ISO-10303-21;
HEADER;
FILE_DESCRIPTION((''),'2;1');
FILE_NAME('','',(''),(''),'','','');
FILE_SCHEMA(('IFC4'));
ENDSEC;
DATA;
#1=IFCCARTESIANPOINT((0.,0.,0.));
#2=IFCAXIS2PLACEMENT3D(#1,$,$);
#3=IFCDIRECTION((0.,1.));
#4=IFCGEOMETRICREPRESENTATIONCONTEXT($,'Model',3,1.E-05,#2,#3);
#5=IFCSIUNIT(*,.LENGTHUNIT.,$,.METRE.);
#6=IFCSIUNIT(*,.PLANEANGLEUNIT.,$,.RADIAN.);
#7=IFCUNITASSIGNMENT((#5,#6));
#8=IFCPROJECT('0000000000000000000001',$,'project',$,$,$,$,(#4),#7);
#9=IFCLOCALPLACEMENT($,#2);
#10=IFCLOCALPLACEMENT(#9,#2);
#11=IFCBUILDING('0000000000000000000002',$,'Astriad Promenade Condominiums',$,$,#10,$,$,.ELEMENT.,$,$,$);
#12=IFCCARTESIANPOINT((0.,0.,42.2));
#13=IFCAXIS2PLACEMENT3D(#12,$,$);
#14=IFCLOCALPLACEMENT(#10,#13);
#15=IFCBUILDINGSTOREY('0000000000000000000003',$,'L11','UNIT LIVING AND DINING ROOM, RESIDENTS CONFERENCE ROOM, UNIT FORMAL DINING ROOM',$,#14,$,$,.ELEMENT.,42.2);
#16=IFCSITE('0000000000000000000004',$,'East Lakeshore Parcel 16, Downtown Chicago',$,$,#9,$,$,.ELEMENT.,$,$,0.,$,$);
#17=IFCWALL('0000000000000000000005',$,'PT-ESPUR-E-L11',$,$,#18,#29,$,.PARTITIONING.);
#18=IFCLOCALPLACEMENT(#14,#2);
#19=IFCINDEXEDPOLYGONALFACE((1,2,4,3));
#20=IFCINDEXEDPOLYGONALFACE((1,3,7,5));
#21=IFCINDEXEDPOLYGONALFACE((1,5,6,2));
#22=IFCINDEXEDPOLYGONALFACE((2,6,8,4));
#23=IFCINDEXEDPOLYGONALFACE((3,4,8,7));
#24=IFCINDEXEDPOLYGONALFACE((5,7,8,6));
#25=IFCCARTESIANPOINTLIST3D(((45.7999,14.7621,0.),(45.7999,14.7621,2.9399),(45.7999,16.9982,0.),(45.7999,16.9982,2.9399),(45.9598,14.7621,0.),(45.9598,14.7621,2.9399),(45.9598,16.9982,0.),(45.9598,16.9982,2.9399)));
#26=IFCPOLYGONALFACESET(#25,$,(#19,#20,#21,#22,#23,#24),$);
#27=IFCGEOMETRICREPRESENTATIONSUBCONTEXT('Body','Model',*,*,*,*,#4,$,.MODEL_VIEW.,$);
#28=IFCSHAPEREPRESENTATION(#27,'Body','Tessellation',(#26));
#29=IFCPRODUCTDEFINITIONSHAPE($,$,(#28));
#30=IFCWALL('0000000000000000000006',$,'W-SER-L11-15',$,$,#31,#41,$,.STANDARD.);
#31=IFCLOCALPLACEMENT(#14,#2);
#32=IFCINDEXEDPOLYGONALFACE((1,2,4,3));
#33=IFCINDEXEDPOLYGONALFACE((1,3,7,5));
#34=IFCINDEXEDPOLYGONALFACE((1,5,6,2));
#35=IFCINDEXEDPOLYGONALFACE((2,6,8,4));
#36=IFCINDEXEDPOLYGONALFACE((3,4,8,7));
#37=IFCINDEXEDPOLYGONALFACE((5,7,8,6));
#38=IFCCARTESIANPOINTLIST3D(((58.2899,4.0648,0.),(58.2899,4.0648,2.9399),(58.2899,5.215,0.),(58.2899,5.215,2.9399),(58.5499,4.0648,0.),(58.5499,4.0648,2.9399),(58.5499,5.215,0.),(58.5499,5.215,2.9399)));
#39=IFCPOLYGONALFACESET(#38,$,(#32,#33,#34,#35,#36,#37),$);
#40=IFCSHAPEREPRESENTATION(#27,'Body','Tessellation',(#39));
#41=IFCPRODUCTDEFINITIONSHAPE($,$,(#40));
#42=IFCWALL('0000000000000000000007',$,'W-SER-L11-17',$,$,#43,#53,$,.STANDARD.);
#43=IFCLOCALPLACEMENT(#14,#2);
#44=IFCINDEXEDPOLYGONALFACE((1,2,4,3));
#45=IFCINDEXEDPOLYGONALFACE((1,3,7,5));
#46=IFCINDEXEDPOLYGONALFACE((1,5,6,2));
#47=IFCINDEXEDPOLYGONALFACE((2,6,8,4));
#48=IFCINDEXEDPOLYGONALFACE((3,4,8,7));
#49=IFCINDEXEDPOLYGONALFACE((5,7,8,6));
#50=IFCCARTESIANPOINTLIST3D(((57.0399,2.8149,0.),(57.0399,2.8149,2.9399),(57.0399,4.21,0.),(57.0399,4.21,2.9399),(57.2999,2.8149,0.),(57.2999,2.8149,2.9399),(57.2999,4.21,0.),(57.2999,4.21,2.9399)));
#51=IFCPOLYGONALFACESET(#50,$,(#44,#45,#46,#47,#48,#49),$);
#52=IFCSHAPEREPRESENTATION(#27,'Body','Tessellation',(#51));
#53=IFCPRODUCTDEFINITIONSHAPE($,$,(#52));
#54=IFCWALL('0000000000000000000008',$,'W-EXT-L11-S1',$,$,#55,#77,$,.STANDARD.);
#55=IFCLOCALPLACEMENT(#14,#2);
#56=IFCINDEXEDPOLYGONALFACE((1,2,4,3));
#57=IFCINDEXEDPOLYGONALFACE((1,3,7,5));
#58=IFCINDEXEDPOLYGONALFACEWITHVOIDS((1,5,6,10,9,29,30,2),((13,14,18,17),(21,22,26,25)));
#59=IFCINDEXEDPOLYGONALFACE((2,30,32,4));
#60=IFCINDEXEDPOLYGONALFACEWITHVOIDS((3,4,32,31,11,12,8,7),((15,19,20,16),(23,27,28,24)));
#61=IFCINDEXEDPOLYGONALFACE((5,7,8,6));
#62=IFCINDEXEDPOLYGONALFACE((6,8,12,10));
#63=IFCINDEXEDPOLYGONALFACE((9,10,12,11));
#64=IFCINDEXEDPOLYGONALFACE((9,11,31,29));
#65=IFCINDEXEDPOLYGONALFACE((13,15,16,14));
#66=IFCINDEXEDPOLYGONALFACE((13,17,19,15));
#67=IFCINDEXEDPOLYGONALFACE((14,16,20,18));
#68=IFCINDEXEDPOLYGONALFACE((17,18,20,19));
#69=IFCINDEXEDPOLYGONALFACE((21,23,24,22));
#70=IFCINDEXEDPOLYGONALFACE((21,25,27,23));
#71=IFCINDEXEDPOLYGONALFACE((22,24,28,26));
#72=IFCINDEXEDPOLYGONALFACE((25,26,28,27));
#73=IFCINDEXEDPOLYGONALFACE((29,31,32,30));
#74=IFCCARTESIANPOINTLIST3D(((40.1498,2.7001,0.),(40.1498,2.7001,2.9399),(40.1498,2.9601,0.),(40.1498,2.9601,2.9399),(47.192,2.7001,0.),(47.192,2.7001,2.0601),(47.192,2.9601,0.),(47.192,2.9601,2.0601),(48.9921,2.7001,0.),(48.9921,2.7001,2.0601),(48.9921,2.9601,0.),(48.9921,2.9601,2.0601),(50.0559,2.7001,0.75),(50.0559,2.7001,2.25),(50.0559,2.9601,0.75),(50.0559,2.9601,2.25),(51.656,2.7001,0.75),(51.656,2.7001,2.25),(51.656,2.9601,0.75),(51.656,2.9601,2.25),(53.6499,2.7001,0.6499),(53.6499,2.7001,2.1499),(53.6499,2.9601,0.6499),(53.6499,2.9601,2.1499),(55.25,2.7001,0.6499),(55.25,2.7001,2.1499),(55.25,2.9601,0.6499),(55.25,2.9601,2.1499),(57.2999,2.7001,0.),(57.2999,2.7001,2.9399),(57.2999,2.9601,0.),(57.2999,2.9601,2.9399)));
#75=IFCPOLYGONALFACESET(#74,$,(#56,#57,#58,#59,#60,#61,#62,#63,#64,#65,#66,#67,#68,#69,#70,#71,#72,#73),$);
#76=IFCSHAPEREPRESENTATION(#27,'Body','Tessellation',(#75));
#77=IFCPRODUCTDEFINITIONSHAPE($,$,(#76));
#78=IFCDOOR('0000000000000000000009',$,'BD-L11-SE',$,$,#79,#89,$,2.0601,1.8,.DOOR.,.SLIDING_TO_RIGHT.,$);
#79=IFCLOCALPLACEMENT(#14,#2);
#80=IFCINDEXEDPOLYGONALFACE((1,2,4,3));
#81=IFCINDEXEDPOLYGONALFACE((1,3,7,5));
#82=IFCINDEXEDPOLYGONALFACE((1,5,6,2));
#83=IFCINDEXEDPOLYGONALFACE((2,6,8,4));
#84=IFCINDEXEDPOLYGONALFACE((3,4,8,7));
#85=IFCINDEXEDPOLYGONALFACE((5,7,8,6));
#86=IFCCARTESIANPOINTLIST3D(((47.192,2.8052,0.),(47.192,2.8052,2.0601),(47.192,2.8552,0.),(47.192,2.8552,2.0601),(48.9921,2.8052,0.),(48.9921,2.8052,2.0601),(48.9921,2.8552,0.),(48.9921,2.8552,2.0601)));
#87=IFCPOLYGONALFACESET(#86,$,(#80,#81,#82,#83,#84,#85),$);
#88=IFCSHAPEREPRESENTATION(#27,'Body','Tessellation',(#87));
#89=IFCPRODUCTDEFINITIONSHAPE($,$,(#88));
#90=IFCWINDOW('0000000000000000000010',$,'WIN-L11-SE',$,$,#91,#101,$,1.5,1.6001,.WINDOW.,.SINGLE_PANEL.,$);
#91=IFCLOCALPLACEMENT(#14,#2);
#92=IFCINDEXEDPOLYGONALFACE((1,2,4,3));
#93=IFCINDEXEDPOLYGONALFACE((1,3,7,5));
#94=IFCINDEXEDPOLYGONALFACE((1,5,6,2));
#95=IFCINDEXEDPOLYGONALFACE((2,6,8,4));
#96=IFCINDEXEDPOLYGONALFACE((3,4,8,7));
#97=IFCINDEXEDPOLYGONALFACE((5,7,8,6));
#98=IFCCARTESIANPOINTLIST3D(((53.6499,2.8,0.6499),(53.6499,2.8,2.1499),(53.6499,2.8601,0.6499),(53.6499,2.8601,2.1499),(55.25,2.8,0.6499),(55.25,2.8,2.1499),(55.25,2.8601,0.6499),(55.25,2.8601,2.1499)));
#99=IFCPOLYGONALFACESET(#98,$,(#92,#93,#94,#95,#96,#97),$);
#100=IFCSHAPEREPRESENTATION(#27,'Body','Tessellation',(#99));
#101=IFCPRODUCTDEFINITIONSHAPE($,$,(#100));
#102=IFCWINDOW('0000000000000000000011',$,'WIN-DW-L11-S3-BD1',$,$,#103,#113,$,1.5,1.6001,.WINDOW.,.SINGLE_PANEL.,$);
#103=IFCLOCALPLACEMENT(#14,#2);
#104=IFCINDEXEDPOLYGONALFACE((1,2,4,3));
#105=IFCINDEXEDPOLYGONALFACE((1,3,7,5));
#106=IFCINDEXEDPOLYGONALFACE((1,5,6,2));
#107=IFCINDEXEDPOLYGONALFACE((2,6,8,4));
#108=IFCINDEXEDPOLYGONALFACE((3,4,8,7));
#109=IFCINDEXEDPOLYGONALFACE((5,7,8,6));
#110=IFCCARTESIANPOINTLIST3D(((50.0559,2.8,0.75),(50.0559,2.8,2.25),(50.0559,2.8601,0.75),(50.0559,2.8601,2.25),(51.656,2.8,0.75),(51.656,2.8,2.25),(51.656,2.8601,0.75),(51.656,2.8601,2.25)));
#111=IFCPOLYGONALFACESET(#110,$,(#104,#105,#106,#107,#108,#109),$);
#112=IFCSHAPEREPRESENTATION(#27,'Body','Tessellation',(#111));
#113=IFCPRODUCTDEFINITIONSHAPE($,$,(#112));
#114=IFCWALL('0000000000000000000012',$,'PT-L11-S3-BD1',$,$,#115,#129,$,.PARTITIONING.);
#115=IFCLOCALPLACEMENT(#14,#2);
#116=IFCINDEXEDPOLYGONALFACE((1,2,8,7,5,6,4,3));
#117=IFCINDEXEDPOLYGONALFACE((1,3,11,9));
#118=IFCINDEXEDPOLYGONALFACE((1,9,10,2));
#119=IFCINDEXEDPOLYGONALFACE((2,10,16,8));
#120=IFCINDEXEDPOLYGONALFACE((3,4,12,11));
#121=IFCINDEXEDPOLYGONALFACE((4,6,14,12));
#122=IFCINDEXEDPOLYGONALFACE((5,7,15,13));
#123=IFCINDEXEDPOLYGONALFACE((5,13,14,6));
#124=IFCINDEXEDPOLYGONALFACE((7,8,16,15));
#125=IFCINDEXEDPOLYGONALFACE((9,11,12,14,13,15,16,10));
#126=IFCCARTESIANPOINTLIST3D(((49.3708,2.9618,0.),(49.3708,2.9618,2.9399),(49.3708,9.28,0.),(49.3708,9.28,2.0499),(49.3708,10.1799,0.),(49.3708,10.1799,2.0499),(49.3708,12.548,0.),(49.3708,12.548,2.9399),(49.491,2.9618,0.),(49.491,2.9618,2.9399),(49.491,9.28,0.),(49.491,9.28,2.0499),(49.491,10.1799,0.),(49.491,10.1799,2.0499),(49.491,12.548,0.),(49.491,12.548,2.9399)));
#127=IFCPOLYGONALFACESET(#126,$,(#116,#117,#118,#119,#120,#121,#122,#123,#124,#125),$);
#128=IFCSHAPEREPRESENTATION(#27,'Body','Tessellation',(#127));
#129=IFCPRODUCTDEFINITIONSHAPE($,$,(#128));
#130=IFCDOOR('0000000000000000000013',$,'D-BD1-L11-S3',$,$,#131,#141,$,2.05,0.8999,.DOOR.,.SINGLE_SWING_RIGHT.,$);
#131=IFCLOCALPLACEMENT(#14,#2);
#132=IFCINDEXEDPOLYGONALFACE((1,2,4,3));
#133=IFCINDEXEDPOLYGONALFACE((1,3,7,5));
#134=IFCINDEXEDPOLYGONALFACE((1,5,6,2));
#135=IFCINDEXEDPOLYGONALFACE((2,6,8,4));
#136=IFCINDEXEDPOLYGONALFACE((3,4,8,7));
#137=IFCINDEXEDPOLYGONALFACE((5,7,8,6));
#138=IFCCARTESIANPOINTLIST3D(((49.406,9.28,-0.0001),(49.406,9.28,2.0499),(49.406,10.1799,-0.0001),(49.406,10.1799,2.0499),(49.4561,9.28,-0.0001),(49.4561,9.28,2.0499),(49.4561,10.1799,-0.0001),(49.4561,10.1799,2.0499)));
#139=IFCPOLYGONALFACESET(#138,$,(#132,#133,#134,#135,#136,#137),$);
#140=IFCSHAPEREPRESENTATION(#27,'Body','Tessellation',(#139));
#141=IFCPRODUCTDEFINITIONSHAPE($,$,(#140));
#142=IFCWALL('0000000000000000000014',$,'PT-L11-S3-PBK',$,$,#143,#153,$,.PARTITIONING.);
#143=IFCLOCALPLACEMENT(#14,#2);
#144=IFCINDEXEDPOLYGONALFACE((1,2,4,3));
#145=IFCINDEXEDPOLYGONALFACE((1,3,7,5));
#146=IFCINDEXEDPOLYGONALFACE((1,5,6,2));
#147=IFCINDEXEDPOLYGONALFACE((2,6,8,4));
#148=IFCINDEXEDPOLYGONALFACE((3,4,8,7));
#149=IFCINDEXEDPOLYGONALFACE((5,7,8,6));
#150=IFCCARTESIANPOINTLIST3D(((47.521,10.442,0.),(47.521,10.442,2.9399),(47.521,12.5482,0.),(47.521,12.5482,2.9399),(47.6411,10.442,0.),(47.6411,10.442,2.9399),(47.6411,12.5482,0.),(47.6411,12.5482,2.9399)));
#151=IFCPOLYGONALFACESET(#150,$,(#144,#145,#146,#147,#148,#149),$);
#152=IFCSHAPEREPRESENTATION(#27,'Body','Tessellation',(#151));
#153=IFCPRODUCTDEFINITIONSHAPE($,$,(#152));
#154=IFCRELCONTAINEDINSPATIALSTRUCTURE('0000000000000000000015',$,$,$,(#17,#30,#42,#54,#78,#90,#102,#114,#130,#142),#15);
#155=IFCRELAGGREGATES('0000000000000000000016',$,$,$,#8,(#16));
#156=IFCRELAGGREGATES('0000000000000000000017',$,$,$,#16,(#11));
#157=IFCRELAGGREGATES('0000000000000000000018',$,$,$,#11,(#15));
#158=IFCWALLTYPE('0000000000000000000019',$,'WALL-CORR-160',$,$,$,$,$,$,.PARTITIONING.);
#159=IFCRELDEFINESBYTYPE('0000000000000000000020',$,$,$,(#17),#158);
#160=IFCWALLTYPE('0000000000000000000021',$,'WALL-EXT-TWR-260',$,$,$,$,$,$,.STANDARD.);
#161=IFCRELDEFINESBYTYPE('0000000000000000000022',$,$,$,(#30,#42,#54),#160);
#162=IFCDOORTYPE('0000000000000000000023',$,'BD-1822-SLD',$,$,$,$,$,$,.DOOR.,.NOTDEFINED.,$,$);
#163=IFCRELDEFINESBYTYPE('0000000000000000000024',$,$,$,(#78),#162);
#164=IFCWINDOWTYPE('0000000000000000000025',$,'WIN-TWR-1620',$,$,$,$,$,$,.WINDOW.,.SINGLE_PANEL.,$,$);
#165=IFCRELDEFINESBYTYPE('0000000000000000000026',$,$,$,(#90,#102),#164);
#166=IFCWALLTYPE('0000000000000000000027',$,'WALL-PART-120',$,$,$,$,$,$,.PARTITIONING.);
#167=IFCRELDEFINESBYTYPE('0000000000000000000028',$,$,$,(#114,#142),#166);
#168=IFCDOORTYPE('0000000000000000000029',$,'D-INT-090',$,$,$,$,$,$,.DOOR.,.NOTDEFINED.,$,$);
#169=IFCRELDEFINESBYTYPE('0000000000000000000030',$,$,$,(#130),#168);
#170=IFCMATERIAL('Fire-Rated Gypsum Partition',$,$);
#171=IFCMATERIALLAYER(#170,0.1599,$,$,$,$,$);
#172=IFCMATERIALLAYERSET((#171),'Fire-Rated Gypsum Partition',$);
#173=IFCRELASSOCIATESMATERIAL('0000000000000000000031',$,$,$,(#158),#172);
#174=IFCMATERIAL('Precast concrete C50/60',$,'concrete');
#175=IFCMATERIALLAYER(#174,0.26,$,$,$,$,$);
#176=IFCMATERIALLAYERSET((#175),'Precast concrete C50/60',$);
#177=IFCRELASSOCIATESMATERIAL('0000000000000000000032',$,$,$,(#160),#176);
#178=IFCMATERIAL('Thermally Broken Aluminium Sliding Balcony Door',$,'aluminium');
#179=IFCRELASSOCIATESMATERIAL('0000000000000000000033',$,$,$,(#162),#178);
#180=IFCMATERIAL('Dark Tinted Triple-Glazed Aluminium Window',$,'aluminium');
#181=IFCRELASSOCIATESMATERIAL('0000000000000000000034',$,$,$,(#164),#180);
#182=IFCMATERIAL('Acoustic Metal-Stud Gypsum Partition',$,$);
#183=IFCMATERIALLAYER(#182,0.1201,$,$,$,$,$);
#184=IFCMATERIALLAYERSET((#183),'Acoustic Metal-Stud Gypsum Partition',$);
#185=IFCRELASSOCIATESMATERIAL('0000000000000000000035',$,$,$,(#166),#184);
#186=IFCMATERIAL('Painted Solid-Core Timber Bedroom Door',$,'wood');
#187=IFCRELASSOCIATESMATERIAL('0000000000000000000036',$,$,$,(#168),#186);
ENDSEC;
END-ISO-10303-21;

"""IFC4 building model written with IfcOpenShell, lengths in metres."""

from ifc_helpers import new_model, si_unit, direction, frame, frame_2d, origin, place, context, subcontext, project, spatial, rectangle, extrude, source, transform, mapped, material, layer, layer_set, type_object, type_shapes, element, fill, save


model = new_model("IFC4")

# Units and contexts
model_context = context("Model", 3, precision=1e-05, world=origin(), true_north=direction((0.0, 1.0)))
body_context = subcontext(model_context, "Body", "Model", "MODEL_VIEW")
ifc_project = project(units=[si_unit("LENGTHUNIT", "METRE"), si_unit("PLANEANGLEUNIT", "RADIAN")], contexts=[model_context])

# Site, building, storey
site_placement = place(None, origin())
site = spatial("IfcSite", under=ifc_project, at=site_placement, Name="East Lakeshore Parcel 16, Downtown Chicago", CompositionType="ELEMENT", RefElevation=0.0)
building_placement = place(site_placement, origin())
building = spatial("IfcBuilding", under=site, at=building_placement, Name="Astriad Promenade Condominiums", CompositionType="ELEMENT")
storey_placement = place(building_placement, frame((0.0, 0.0, 42.2)))
storey = spatial("IfcBuildingStorey", under=building, at=storey_placement, Name="L11", Description="UNIT LIVING AND DINING ROOM, RESIDENTS CONFERENCE ROOM, UNIT FORMAL DINING ROOM", CompositionType="ELEMENT", Elevation=42.2)

# Shared definitions
ifc_material_1 = material(Name="Fire-Rated Gypsum Partition")
ifc_layer_1 = layer(ifc_material_1, 0.1599)
ifc_layer_set_1 = layer_set([ifc_layer_1], Name="Fire-Rated Gypsum Partition")
wall_type_1 = type_object("IfcWallType", Name="WALL-CORR-160", PredefinedType="PARTITIONING", material=ifc_layer_set_1)

# Walls
wall_1_placement = place(storey_placement, frame((45.8799, 14.762, 0.0), z_axis=(0.0, 0.0, 1.0), x_axis=(0.0, 1.0, 0.0)))
element("IfcWall", 1, at=wall_1_placement, inside=storey, type_object=wall_type_1, Name="PT-ESPUR-E-L11", PredefinedType="PARTITIONING", context=body_context, shape_type="SweptSolid", body=[
    extrude(rectangle(XDim=2.2361, YDim=0.1599, at=frame_2d((1.1182, 0.0))), origin(), (0.0, 0.0, 1.0), 2.9399),
])
ifc_material_2 = material(Name="Precast concrete C50/60", Category="concrete")
ifc_layer_2 = layer(ifc_material_2, 0.26)
ifc_layer_set_2 = layer_set([ifc_layer_2], Name="Precast concrete C50/60")
wall_type_2 = type_object("IfcWallType", Name="WALL-EXT-TWR-260", PredefinedType="STANDARD", material=ifc_layer_set_2)
wall_2_placement = place(storey_placement, frame((58.4199, 5.2151, 0.0), z_axis=(0.0, 0.0, 1.0), x_axis=(0.0, -1.0, 0.0)))
element("IfcWall", 2, at=wall_2_placement, inside=storey, type_object=wall_type_2, Name="W-SER-L11-15", PredefinedType="STANDARD", context=body_context, shape_type="SweptSolid", body=[
    extrude(rectangle(XDim=1.1501, YDim=0.26, at=frame_2d((0.5752, 0.0))), origin(), (0.0, 0.0, 1.0), 2.9399),
])
wall_3_placement = place(storey_placement, frame((57.1699, 4.21, 0.0), z_axis=(0.0, 0.0, 1.0), x_axis=(0.0, -1.0, 0.0)))
element("IfcWall", 3, at=wall_3_placement, inside=storey, type_object=wall_type_2, Name="W-SER-L11-17", PredefinedType="STANDARD", context=body_context, shape_type="SweptSolid", body=[
    extrude(rectangle(XDim=1.395, YDim=0.26, at=frame_2d((0.6975, 0.0))), origin(), (0.0, 0.0, 1.0), 2.9399),
])

# Wall, openings, door, windows
wall_4_placement = place(storey_placement, frame((57.3, 2.8301, 0.0), z_axis=(0.0, 0.0, 1.0), x_axis=(-1.0, 0.0, 0.0)))
wall_4 = element("IfcWall", 4, at=wall_4_placement, inside=storey, type_object=wall_type_2, Name="W-EXT-L11-S1", PredefinedType="STANDARD", context=body_context, shape_type="SweptSolid", body=[
    extrude(rectangle(XDim=17.1501, YDim=0.26, at=frame_2d((8.5752, 0.0))), origin(), (0.0, 0.0, 1.0), 2.9399),
])
opening_1_placement = place(wall_4_placement, frame((8.3081, 0.0, 0.0)))
opening_1 = element("IfcOpeningElement", 5, at=opening_1_placement, cuts=wall_4, PredefinedType="OPENING", context=body_context, shape_type="SweptSolid", body=[
    extrude(rectangle(XDim=1.8, YDim=2.0601, at=frame_2d((0.8999, 1.03))), frame((0.0, 0.1399, 0.0), z_axis=(0.0, -1.0, 0.0), x_axis=(1.0, 0.0, 0.0)), (0.0, 0.0, 1.0), 0.28),
])
opening_2_placement = place(wall_4_placement, frame((2.05, 0.0, 0.6499)))
opening_2 = element("IfcOpeningElement", 6, at=opening_2_placement, cuts=wall_4, PredefinedType="OPENING", context=body_context, shape_type="SweptSolid", body=[
    extrude(rectangle(XDim=1.6001, YDim=1.5, at=frame_2d((0.8, 0.75))), frame((0.0, 0.1399, 0.0), z_axis=(0.0, -1.0, 0.0), x_axis=(1.0, 0.0, 0.0)), (0.0, 0.0, 1.0), 0.28),
])
opening_3_placement = place(wall_4_placement, frame((5.644, 0.0, 0.75)))
opening_3 = element("IfcOpeningElement", 7, at=opening_3_placement, cuts=wall_4, PredefinedType="OPENING", context=body_context, shape_type="SweptSolid", body=[
    extrude(rectangle(XDim=1.6001, YDim=1.5, at=frame_2d((0.8, 0.75))), frame((0.0, 0.1399, 0.0), z_axis=(0.0, -1.0, 0.0), x_axis=(1.0, 0.0, 0.0)), (0.0, 0.0, 1.0), 0.28),
])
ifc_material_3 = material(Name="Thermally Broken Aluminium Sliding Balcony Door", Category="aluminium")
door_type_1 = type_object("IfcDoorType", Name="BD-1822-SLD", OperationType="NOTDEFINED", PredefinedType="DOOR", material=ifc_material_3)
shared_shape_1 = source(origin(), body_context, "Body", "SweptSolid", [
    extrude(rectangle(XDim=1.8, YDim=2.0601, at=frame_2d((0.8999, 1.03))), frame((0.0, 0.0249, 0.0), z_axis=(0.0, -1.0, 0.0), x_axis=(1.0, 0.0, 0.0)), (0.0, 0.0, 1.0), 0.05),
])
type_shapes(door_type_1, [shared_shape_1])
door_1_placement = place(opening_1_placement, origin())
door_1 = element("IfcDoor", 8, at=door_1_placement, inside=storey, type_object=door_type_1, Name="BD-L11-SE", OperationType="SLIDING_TO_RIGHT", OverallHeight=2.0601, OverallWidth=1.8, PredefinedType="DOOR", context=body_context, shape_type="MappedRepresentation", body=[
    mapped(shared_shape_1, transform((0.0, 0.0, 0.0), scale=1.0)),
])
fill(opening_1, door_1)
ifc_material_4 = material(Name="Dark Tinted Triple-Glazed Aluminium Window", Category="aluminium")
window_type = type_object("IfcWindowType", Name="WIN-TWR-1620", PartitioningType="SINGLE_PANEL", PredefinedType="WINDOW", material=ifc_material_4)
shared_shape_2 = source(origin(), body_context, "Body", "SweptSolid", [
    extrude(rectangle(XDim=1.6001, YDim=1.5, at=frame_2d((0.8, 0.75))), frame((0.0, 0.03, 0.0), z_axis=(0.0, -1.0, 0.0), x_axis=(1.0, 0.0, 0.0)), (0.0, 0.0, 1.0), 0.0601),
])
type_shapes(window_type, [shared_shape_2])
window_1_placement = place(opening_2_placement, origin())
window_1 = element("IfcWindow", 9, at=window_1_placement, inside=storey, type_object=window_type, Name="WIN-L11-SE", OverallHeight=1.5, OverallWidth=1.6001, PartitioningType="SINGLE_PANEL", PredefinedType="WINDOW", context=body_context, shape_type="MappedRepresentation", body=[
    mapped(shared_shape_2, transform((0.0, 0.0, 0.0), scale=1.0)),
])
fill(opening_2, window_1)
window_2_placement = place(opening_3_placement, origin())
window_2 = element("IfcWindow", 10, at=window_2_placement, inside=storey, type_object=window_type, Name="WIN-DW-L11-S3-BD1", OverallHeight=1.5, OverallWidth=1.6001, PartitioningType="SINGLE_PANEL", PredefinedType="WINDOW", context=body_context, shape_type="MappedRepresentation", body=[
    mapped(shared_shape_2, transform((0.0, 0.0, 0.0), scale=1.0)),
])
fill(opening_3, window_2)

# Wall, opening, door
ifc_material_5 = material(Name="Acoustic Metal-Stud Gypsum Partition")
ifc_layer_3 = layer(ifc_material_5, 0.1201)
ifc_layer_set_3 = layer_set([ifc_layer_3], Name="Acoustic Metal-Stud Gypsum Partition")
wall_type_3 = type_object("IfcWallType", Name="WALL-PART-120", PredefinedType="PARTITIONING", material=ifc_layer_set_3)
wall_5_placement = place(storey_placement, frame((49.4309, 2.9619, 0.0), z_axis=(0.0, 0.0, 1.0), x_axis=(0.0, 1.0, 0.0)))
wall_5 = element("IfcWall", 11, at=wall_5_placement, inside=storey, type_object=wall_type_3, Name="PT-L11-S3-BD1", PredefinedType="PARTITIONING", context=body_context, shape_type="SweptSolid", body=[
    extrude(rectangle(XDim=9.5862, YDim=0.1201, at=frame_2d((4.793, 0.0))), origin(), (0.0, 0.0, 1.0), 2.9399),
])
opening_4_placement = place(wall_5_placement, frame((6.3181, 0.0, 0.0)))
opening_4 = element("IfcOpeningElement", 12, at=opening_4_placement, cuts=wall_5, PredefinedType="OPENING", context=body_context, shape_type="SweptSolid", body=[
    extrude(rectangle(XDim=0.8999, YDim=2.05, at=frame_2d((0.45, 1.0249))), frame((0.0, 0.0701, 0.0), z_axis=(0.0, -1.0, 0.0), x_axis=(1.0, 0.0, 0.0)), (0.0, 0.0, 1.0), 0.1401),
])
ifc_material_6 = material(Name="Painted Solid-Core Timber Bedroom Door", Category="wood")
door_type_2 = type_object("IfcDoorType", Name="D-INT-090", OperationType="NOTDEFINED", PredefinedType="DOOR", material=ifc_material_6)
shared_shape_3 = source(origin(), body_context, "Body", "SweptSolid", [
    extrude(rectangle(XDim=0.8999, YDim=2.05, at=frame_2d((0.45, 1.0249))), frame((0.0, 0.0249, 0.0), z_axis=(0.0, -1.0, 0.0), x_axis=(1.0, 0.0, 0.0)), (0.0, 0.0, 1.0), 0.05),
])
type_shapes(door_type_2, [shared_shape_3])
door_2_placement = place(opening_4_placement, origin())
door_2 = element("IfcDoor", 13, at=door_2_placement, inside=storey, type_object=door_type_2, Name="D-BD1-L11-S3", OperationType="SINGLE_SWING_RIGHT", OverallHeight=2.05, OverallWidth=0.8999, PredefinedType="DOOR", context=body_context, shape_type="MappedRepresentation", body=[
    mapped(shared_shape_3, transform((0.0, 0.0, 0.0), scale=1.0)),
])
fill(opening_4, door_2)

# Wall
wall_6_placement = place(storey_placement, frame((47.5811, 10.4419, 0.0), z_axis=(0.0, 0.0, 1.0), x_axis=(0.0, 1.0, 0.0)))
element("IfcWall", 14, at=wall_6_placement, inside=storey, type_object=wall_type_3, Name="PT-L11-S3-PBK", PredefinedType="PARTITIONING", context=body_context, shape_type="SweptSolid", body=[
    extrude(rectangle(XDim=2.1062, YDim=0.1201, at=frame_2d((1.0532, 0.0))), origin(), (0.0, 0.0, 1.0), 2.9399),
])

save(model, "model.ifc")
